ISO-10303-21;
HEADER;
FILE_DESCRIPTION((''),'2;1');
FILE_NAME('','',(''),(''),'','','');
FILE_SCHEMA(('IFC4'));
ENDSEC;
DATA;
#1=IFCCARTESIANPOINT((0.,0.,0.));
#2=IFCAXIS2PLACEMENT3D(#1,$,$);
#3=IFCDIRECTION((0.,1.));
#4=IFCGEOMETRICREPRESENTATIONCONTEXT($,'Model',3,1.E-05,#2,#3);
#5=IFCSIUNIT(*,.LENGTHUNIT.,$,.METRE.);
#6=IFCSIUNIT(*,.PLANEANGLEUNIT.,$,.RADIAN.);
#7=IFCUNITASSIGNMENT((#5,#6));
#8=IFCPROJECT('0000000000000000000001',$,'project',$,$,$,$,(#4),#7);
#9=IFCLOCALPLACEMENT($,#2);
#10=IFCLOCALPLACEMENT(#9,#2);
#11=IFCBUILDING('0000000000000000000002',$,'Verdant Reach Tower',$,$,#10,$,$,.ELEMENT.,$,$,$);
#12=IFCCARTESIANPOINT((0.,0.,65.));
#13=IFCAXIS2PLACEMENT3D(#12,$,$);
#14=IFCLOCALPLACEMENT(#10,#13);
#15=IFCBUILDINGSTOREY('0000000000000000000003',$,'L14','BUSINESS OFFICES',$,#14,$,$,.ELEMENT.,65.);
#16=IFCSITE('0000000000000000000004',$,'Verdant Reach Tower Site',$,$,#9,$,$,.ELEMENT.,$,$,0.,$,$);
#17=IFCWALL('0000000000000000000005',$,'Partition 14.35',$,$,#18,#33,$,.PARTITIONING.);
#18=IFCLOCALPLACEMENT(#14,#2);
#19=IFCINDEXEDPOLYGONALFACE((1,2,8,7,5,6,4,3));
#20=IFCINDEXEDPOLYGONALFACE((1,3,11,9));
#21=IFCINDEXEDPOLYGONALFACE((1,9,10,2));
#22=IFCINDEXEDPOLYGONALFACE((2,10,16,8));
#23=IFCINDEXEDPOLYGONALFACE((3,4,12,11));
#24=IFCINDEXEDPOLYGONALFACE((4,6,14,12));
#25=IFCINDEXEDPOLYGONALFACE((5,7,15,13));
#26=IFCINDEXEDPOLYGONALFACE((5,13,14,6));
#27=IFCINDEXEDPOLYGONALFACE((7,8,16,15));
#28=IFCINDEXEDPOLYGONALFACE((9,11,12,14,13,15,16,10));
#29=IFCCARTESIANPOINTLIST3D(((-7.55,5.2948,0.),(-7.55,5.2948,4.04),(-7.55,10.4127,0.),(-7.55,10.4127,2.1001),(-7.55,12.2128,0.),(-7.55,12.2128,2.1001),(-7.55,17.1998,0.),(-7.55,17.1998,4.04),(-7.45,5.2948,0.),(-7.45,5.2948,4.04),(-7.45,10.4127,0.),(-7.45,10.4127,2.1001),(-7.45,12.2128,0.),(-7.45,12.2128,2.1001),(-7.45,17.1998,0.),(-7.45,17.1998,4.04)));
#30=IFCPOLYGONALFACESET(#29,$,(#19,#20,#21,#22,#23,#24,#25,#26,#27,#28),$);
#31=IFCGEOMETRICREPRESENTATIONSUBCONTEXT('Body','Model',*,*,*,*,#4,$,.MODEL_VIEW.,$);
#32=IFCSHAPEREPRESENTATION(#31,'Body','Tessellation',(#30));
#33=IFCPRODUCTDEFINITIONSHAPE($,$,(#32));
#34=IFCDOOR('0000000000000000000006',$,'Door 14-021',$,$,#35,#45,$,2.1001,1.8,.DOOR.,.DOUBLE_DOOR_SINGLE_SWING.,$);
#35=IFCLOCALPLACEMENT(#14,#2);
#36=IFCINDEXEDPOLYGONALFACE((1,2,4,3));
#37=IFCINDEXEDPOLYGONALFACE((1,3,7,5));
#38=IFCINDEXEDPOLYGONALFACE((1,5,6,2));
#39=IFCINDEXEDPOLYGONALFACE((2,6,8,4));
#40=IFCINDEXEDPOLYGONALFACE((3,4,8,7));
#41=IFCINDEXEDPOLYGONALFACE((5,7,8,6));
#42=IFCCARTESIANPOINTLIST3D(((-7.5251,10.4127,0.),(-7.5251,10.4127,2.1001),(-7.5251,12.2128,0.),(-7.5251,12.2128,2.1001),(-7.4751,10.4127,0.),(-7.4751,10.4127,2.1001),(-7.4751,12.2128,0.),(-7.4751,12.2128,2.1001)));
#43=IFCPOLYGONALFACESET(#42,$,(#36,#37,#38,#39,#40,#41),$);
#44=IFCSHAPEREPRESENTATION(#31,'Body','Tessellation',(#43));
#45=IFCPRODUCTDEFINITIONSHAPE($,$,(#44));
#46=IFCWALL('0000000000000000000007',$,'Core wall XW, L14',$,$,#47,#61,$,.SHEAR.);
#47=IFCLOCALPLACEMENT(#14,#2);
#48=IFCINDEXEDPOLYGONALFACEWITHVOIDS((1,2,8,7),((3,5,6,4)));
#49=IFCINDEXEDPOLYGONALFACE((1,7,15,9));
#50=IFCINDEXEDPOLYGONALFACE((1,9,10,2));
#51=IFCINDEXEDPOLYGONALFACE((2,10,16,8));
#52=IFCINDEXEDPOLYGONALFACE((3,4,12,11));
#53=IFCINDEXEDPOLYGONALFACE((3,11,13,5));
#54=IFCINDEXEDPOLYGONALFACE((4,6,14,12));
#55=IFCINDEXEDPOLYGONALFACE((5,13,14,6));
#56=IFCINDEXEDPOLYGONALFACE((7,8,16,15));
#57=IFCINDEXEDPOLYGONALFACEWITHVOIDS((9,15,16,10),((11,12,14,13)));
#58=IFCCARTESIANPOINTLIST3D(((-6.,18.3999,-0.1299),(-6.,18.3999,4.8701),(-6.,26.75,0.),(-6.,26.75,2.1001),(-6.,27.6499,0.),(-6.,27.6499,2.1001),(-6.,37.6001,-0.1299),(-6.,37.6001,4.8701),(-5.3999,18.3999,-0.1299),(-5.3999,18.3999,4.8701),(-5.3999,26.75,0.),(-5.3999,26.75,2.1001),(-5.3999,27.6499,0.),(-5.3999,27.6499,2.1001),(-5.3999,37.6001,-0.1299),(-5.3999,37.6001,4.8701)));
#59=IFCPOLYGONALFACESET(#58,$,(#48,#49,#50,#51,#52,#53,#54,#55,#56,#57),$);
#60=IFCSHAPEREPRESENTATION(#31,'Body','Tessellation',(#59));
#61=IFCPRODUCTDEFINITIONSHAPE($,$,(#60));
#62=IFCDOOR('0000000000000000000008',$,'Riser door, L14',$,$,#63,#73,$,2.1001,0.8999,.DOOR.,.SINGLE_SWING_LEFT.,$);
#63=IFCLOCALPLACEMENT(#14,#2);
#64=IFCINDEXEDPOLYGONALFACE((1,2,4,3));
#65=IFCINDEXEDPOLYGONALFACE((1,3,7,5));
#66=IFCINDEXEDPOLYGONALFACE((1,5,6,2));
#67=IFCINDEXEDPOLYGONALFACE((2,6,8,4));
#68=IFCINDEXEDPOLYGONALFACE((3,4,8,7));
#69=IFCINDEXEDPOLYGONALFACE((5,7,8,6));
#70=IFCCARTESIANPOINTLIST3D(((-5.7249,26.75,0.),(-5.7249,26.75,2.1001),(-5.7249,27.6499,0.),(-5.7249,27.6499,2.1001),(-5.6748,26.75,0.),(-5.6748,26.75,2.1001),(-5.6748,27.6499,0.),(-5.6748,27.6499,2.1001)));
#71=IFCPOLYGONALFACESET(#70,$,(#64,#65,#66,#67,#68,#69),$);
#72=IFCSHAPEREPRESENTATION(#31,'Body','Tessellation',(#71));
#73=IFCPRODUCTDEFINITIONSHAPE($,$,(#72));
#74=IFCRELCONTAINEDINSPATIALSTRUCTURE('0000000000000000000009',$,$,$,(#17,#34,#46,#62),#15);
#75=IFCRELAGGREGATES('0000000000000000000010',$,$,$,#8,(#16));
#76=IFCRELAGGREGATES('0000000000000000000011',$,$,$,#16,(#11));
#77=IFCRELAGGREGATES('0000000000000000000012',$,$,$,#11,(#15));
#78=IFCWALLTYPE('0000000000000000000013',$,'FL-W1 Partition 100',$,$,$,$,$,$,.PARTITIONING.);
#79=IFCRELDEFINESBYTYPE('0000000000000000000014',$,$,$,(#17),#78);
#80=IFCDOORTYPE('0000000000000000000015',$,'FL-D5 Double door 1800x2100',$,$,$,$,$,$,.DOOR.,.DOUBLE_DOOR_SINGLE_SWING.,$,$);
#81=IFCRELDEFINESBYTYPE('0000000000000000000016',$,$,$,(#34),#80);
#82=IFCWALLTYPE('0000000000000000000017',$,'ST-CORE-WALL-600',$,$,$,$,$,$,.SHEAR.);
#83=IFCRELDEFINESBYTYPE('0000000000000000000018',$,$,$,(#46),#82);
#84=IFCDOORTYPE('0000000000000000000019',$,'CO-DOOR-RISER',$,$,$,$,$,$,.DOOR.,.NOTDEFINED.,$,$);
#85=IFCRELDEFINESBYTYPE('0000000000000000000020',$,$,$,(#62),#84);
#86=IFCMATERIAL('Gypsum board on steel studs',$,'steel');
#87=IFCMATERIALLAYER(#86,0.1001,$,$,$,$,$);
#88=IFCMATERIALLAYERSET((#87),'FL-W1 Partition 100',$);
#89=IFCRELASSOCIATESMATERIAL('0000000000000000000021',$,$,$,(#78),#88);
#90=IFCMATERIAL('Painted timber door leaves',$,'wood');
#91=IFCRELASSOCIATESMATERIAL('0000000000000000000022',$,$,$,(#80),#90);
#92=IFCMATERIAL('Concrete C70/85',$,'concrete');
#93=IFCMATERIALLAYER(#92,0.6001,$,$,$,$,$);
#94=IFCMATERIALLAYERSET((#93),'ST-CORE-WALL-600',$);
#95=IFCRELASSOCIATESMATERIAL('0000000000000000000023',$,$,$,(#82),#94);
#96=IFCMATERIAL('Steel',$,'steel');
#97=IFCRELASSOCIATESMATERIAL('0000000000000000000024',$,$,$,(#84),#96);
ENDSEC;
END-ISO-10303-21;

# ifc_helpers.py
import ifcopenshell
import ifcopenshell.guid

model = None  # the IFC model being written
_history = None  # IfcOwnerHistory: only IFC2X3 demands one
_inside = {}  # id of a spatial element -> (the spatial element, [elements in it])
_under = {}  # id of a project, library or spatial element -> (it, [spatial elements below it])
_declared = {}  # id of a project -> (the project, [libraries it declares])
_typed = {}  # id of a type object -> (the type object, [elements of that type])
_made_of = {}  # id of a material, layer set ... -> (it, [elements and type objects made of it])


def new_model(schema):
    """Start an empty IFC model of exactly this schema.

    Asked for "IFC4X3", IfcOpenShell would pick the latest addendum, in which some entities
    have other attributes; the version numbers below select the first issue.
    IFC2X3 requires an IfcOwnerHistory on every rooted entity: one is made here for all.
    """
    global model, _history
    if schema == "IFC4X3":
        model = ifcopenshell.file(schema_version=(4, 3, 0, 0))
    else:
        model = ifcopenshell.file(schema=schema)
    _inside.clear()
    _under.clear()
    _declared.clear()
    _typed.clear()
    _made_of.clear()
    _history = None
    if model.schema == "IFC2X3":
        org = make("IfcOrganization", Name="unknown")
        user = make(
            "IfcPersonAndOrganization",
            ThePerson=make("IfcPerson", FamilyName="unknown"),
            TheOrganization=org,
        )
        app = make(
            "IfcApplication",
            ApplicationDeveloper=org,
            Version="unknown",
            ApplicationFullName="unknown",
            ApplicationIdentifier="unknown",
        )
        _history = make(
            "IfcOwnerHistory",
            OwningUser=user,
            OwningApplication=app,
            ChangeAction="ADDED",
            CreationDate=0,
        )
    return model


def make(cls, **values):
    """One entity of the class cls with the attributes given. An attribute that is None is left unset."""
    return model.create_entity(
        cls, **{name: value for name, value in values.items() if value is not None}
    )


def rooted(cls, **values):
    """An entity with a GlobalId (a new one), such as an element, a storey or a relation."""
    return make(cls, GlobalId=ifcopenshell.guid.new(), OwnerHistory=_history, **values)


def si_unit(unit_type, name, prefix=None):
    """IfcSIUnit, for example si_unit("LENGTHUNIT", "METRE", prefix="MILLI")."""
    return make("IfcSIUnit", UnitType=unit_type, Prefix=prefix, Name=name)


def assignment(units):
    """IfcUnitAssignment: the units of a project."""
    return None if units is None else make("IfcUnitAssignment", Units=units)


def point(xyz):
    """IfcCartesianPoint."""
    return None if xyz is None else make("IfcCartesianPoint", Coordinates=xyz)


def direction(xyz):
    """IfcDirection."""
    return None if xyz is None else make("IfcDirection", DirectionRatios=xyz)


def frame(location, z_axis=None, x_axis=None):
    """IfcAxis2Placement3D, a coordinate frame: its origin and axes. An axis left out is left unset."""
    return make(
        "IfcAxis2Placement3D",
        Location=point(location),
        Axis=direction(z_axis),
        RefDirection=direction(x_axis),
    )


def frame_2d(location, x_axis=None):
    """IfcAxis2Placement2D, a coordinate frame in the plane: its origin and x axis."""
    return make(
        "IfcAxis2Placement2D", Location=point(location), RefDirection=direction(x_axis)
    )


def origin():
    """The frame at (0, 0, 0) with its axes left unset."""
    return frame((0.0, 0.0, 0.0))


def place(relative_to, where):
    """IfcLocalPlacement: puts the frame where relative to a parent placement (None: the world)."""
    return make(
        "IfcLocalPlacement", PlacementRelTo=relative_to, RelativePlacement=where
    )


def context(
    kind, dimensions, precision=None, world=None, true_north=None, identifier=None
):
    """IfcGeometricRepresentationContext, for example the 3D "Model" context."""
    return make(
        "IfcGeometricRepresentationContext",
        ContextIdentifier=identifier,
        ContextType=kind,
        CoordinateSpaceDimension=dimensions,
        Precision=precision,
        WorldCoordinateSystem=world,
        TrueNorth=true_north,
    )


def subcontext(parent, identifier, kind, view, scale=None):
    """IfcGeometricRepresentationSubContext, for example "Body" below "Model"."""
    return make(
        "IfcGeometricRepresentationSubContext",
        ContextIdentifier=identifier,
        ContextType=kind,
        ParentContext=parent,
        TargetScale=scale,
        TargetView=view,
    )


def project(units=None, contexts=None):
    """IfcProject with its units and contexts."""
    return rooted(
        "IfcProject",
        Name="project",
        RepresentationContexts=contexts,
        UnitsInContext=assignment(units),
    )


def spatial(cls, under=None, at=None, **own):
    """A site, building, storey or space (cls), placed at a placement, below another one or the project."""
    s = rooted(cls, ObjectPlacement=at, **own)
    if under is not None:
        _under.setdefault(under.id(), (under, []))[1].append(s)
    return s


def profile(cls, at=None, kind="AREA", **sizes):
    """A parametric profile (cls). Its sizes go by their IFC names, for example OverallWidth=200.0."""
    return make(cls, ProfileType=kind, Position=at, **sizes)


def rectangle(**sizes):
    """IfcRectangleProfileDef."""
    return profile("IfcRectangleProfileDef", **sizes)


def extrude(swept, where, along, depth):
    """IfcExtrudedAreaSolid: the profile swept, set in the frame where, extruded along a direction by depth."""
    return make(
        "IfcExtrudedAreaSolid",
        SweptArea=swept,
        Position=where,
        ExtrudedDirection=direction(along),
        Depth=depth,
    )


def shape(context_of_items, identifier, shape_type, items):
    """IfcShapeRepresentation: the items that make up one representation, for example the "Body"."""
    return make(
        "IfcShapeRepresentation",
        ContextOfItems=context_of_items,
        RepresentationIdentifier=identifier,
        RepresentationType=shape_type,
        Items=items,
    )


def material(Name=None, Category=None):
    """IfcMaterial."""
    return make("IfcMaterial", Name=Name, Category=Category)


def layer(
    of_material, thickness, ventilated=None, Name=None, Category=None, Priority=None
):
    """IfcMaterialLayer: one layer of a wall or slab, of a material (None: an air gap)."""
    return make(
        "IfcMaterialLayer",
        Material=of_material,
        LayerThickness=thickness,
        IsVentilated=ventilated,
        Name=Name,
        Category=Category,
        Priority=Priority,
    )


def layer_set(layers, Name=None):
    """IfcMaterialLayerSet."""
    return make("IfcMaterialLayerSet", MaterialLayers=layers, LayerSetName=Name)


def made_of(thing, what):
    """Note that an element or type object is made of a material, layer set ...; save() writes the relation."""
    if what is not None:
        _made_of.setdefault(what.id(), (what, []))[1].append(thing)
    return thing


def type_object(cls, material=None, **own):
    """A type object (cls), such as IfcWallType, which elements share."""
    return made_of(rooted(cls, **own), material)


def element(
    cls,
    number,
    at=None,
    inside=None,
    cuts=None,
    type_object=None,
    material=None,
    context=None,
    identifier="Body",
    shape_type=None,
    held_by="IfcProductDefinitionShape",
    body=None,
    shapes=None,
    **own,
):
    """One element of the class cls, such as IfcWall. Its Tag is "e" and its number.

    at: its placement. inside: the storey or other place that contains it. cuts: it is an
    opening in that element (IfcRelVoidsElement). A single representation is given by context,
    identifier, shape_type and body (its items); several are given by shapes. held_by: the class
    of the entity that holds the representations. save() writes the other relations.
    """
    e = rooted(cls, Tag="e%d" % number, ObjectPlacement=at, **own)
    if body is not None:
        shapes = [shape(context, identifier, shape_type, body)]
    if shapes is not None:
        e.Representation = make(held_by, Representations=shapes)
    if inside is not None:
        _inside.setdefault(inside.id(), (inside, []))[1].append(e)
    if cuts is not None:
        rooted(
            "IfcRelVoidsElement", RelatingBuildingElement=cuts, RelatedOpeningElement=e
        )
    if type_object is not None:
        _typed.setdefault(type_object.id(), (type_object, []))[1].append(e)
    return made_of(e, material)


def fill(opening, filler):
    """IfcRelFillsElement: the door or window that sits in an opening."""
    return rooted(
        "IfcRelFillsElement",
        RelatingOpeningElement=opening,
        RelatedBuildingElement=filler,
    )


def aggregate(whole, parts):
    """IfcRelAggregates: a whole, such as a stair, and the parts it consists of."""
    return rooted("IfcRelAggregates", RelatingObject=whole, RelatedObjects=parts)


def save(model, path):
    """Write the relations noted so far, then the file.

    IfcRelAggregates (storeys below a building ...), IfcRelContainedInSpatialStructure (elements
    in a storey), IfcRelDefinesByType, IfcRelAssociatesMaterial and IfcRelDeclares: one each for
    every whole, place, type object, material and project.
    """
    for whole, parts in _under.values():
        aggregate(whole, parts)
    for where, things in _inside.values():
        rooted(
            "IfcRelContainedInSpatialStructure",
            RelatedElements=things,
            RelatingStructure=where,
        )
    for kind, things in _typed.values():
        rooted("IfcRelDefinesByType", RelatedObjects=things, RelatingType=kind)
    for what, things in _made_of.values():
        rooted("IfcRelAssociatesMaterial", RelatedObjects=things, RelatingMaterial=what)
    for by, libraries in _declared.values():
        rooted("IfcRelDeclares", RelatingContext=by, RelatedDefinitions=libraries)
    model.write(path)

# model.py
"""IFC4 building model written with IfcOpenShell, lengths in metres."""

from ifc_helpers import new_model, si_unit, direction, frame, frame_2d, origin, place, context, subcontext, project, spatial, rectangle, extrude, material, layer, layer_set, type_object, element, fill, save


model = new_model("IFC4")

# Units and contexts
model_context = context("Model", 3, precision=1e-05, world=origin(), true_north=direction((0.0, 1.0)))
body_context = subcontext(model_context, "Body", "Model", "MODEL_VIEW")
ifc_project = project(units=[si_unit("LENGTHUNIT", "METRE"), si_unit("PLANEANGLEUNIT", "RADIAN")], contexts=[model_context])

# Site, building, storey
site_placement = place(None, origin())
site = spatial("IfcSite", under=ifc_project, at=site_placement, Name="Verdant Reach Tower Site", CompositionType="ELEMENT", RefElevation=0.0)
building_placement = place(site_placement, origin())
building = spatial("IfcBuilding", under=site, at=building_placement, Name="Verdant Reach Tower", CompositionType="ELEMENT")
storey_placement = place(building_placement, frame((0.0, 0.0, 65.0)))
storey = spatial("IfcBuildingStorey", under=building, at=storey_placement, Name="L14", Description="BUSINESS OFFICES", CompositionType="ELEMENT", Elevation=65.0)

# Shared definitions
ifc_material_1 = material(Name="Gypsum board on steel studs", Category="steel")

# Walls, openings, doors
ifc_layer_1 = layer(ifc_material_1, 0.1001)
ifc_layer_set_1 = layer_set([ifc_layer_1], Name="FL-W1 Partition 100")
wall_type_1 = type_object("IfcWallType", Name="FL-W1 Partition 100", PredefinedType="PARTITIONING", material=ifc_layer_set_1)
wall_1_placement = place(storey_placement, frame((-7.5, 17.2, 0.0), z_axis=(0.0, 0.0, 1.0), x_axis=(0.0, -1.0, 0.0)))
wall_1 = element("IfcWall", 1, at=wall_1_placement, inside=storey, type_object=wall_type_1, Name="Partition 14.35", PredefinedType="PARTITIONING", context=body_context, shape_type="SweptSolid", body=[
    extrude(rectangle(XDim=11.905, YDim=0.1001, at=frame_2d((5.9526, 0.0))), origin(), (0.0, 0.0, 1.0), 4.04),
])
opening_1_placement = place(wall_1_placement, frame((4.9873, 0.0, 0.0)))
opening_1 = element("IfcOpeningElement", 2, at=opening_1_placement, cuts=wall_1, PredefinedType="OPENING", context=body_context, shape_type="SweptSolid", body=[
    extrude(rectangle(XDim=1.8, YDim=2.1001, at=frame_2d((0.8999, 1.05))), frame((0.0, 0.0601, 0.0), z_axis=(0.0, -1.0, 0.0), x_axis=(1.0, 0.0, 0.0)), (0.0, 0.0, 1.0), 0.1201),
])
ifc_material_2 = material(Name="Painted timber door leaves", Category="wood")
door_type_1 = type_object("IfcDoorType", Name="FL-D5 Double door 1800x2100", OperationType="DOUBLE_DOOR_SINGLE_SWING", PredefinedType="DOOR", material=ifc_material_2)
door_1_placement = place(opening_1_placement, origin())
door_1 = element("IfcDoor", 3, at=door_1_placement, inside=storey, type_object=door_type_1, Name="Door 14-021", OperationType="DOUBLE_DOOR_SINGLE_SWING", OverallHeight=2.1001, OverallWidth=1.8, PredefinedType="DOOR", context=body_context, shape_type="SweptSolid", body=[
    extrude(rectangle(XDim=1.8, YDim=2.1001, at=frame_2d((0.8999, 1.05))), frame((0.0, 0.0249, 0.0), z_axis=(0.0, -1.0, 0.0), x_axis=(1.0, 0.0, 0.0)), (0.0, 0.0, 1.0), 0.05),
])
fill(opening_1, door_1)
ifc_material_3 = material(Name="Concrete C70/85", Category="concrete")
ifc_layer_2 = layer(ifc_material_3, 0.6001)
ifc_layer_set_2 = layer_set([ifc_layer_2], Name="ST-CORE-WALL-600")
wall_type_2 = type_object("IfcWallType", Name="ST-CORE-WALL-600", PredefinedType="SHEAR", material=ifc_layer_set_2)
wall_2_placement = place(storey_placement, frame((-5.7, 18.3999, -0.1299), z_axis=(0.0, 0.0, 1.0), x_axis=(0.0, 1.0, 0.0)))
wall_2 = element("IfcWall", 4, at=wall_2_placement, inside=storey, type_object=wall_type_2, Name="Core wall XW, L14", PredefinedType="SHEAR", context=body_context, shape_type="SweptSolid", body=[
    extrude(rectangle(XDim=19.2002, YDim=0.6001, at=frame_2d((9.6001, 0.0))), origin(), (0.0, 0.0, 1.0), 5.0),
])
opening_2_placement = place(wall_2_placement, frame((8.3501, 0.0, 0.1299)))
opening_2 = element("IfcOpeningElement", 5, at=opening_2_placement, cuts=wall_2, PredefinedType="OPENING", context=body_context, shape_type="SweptSolid", body=[
    extrude(rectangle(XDim=0.8999, YDim=2.1001, at=frame_2d((0.45, 1.05))), frame((0.0, 0.3101, 0.0), z_axis=(0.0, -1.0, 0.0), x_axis=(1.0, 0.0, 0.0)), (0.0, 0.0, 1.0), 0.6201),
])
ifc_material_4 = material(Name="Steel", Category="steel")
door_type_2 = type_object("IfcDoorType", Name="CO-DOOR-RISER", OperationType="NOTDEFINED", PredefinedType="DOOR", material=ifc_material_4)
door_2_placement = place(opening_2_placement, origin())
door_2 = element("IfcDoor", 6, at=door_2_placement, inside=storey, type_object=door_type_2, Name="Riser door, L14", OperationType="SINGLE_SWING_LEFT", OverallHeight=2.1001, OverallWidth=0.8999, PredefinedType="DOOR", context=body_context, shape_type="SweptSolid", body=[
    extrude(rectangle(XDim=0.8999, YDim=2.1001, at=frame_2d((0.45, 1.05))), frame((0.0, 0.0249, 0.0), z_axis=(0.0, -1.0, 0.0), x_axis=(1.0, 0.0, 0.0)), (0.0, 0.0, 1.0), 0.05),
])
fill(opening_2, door_2)

save(model, "model.ifc")
